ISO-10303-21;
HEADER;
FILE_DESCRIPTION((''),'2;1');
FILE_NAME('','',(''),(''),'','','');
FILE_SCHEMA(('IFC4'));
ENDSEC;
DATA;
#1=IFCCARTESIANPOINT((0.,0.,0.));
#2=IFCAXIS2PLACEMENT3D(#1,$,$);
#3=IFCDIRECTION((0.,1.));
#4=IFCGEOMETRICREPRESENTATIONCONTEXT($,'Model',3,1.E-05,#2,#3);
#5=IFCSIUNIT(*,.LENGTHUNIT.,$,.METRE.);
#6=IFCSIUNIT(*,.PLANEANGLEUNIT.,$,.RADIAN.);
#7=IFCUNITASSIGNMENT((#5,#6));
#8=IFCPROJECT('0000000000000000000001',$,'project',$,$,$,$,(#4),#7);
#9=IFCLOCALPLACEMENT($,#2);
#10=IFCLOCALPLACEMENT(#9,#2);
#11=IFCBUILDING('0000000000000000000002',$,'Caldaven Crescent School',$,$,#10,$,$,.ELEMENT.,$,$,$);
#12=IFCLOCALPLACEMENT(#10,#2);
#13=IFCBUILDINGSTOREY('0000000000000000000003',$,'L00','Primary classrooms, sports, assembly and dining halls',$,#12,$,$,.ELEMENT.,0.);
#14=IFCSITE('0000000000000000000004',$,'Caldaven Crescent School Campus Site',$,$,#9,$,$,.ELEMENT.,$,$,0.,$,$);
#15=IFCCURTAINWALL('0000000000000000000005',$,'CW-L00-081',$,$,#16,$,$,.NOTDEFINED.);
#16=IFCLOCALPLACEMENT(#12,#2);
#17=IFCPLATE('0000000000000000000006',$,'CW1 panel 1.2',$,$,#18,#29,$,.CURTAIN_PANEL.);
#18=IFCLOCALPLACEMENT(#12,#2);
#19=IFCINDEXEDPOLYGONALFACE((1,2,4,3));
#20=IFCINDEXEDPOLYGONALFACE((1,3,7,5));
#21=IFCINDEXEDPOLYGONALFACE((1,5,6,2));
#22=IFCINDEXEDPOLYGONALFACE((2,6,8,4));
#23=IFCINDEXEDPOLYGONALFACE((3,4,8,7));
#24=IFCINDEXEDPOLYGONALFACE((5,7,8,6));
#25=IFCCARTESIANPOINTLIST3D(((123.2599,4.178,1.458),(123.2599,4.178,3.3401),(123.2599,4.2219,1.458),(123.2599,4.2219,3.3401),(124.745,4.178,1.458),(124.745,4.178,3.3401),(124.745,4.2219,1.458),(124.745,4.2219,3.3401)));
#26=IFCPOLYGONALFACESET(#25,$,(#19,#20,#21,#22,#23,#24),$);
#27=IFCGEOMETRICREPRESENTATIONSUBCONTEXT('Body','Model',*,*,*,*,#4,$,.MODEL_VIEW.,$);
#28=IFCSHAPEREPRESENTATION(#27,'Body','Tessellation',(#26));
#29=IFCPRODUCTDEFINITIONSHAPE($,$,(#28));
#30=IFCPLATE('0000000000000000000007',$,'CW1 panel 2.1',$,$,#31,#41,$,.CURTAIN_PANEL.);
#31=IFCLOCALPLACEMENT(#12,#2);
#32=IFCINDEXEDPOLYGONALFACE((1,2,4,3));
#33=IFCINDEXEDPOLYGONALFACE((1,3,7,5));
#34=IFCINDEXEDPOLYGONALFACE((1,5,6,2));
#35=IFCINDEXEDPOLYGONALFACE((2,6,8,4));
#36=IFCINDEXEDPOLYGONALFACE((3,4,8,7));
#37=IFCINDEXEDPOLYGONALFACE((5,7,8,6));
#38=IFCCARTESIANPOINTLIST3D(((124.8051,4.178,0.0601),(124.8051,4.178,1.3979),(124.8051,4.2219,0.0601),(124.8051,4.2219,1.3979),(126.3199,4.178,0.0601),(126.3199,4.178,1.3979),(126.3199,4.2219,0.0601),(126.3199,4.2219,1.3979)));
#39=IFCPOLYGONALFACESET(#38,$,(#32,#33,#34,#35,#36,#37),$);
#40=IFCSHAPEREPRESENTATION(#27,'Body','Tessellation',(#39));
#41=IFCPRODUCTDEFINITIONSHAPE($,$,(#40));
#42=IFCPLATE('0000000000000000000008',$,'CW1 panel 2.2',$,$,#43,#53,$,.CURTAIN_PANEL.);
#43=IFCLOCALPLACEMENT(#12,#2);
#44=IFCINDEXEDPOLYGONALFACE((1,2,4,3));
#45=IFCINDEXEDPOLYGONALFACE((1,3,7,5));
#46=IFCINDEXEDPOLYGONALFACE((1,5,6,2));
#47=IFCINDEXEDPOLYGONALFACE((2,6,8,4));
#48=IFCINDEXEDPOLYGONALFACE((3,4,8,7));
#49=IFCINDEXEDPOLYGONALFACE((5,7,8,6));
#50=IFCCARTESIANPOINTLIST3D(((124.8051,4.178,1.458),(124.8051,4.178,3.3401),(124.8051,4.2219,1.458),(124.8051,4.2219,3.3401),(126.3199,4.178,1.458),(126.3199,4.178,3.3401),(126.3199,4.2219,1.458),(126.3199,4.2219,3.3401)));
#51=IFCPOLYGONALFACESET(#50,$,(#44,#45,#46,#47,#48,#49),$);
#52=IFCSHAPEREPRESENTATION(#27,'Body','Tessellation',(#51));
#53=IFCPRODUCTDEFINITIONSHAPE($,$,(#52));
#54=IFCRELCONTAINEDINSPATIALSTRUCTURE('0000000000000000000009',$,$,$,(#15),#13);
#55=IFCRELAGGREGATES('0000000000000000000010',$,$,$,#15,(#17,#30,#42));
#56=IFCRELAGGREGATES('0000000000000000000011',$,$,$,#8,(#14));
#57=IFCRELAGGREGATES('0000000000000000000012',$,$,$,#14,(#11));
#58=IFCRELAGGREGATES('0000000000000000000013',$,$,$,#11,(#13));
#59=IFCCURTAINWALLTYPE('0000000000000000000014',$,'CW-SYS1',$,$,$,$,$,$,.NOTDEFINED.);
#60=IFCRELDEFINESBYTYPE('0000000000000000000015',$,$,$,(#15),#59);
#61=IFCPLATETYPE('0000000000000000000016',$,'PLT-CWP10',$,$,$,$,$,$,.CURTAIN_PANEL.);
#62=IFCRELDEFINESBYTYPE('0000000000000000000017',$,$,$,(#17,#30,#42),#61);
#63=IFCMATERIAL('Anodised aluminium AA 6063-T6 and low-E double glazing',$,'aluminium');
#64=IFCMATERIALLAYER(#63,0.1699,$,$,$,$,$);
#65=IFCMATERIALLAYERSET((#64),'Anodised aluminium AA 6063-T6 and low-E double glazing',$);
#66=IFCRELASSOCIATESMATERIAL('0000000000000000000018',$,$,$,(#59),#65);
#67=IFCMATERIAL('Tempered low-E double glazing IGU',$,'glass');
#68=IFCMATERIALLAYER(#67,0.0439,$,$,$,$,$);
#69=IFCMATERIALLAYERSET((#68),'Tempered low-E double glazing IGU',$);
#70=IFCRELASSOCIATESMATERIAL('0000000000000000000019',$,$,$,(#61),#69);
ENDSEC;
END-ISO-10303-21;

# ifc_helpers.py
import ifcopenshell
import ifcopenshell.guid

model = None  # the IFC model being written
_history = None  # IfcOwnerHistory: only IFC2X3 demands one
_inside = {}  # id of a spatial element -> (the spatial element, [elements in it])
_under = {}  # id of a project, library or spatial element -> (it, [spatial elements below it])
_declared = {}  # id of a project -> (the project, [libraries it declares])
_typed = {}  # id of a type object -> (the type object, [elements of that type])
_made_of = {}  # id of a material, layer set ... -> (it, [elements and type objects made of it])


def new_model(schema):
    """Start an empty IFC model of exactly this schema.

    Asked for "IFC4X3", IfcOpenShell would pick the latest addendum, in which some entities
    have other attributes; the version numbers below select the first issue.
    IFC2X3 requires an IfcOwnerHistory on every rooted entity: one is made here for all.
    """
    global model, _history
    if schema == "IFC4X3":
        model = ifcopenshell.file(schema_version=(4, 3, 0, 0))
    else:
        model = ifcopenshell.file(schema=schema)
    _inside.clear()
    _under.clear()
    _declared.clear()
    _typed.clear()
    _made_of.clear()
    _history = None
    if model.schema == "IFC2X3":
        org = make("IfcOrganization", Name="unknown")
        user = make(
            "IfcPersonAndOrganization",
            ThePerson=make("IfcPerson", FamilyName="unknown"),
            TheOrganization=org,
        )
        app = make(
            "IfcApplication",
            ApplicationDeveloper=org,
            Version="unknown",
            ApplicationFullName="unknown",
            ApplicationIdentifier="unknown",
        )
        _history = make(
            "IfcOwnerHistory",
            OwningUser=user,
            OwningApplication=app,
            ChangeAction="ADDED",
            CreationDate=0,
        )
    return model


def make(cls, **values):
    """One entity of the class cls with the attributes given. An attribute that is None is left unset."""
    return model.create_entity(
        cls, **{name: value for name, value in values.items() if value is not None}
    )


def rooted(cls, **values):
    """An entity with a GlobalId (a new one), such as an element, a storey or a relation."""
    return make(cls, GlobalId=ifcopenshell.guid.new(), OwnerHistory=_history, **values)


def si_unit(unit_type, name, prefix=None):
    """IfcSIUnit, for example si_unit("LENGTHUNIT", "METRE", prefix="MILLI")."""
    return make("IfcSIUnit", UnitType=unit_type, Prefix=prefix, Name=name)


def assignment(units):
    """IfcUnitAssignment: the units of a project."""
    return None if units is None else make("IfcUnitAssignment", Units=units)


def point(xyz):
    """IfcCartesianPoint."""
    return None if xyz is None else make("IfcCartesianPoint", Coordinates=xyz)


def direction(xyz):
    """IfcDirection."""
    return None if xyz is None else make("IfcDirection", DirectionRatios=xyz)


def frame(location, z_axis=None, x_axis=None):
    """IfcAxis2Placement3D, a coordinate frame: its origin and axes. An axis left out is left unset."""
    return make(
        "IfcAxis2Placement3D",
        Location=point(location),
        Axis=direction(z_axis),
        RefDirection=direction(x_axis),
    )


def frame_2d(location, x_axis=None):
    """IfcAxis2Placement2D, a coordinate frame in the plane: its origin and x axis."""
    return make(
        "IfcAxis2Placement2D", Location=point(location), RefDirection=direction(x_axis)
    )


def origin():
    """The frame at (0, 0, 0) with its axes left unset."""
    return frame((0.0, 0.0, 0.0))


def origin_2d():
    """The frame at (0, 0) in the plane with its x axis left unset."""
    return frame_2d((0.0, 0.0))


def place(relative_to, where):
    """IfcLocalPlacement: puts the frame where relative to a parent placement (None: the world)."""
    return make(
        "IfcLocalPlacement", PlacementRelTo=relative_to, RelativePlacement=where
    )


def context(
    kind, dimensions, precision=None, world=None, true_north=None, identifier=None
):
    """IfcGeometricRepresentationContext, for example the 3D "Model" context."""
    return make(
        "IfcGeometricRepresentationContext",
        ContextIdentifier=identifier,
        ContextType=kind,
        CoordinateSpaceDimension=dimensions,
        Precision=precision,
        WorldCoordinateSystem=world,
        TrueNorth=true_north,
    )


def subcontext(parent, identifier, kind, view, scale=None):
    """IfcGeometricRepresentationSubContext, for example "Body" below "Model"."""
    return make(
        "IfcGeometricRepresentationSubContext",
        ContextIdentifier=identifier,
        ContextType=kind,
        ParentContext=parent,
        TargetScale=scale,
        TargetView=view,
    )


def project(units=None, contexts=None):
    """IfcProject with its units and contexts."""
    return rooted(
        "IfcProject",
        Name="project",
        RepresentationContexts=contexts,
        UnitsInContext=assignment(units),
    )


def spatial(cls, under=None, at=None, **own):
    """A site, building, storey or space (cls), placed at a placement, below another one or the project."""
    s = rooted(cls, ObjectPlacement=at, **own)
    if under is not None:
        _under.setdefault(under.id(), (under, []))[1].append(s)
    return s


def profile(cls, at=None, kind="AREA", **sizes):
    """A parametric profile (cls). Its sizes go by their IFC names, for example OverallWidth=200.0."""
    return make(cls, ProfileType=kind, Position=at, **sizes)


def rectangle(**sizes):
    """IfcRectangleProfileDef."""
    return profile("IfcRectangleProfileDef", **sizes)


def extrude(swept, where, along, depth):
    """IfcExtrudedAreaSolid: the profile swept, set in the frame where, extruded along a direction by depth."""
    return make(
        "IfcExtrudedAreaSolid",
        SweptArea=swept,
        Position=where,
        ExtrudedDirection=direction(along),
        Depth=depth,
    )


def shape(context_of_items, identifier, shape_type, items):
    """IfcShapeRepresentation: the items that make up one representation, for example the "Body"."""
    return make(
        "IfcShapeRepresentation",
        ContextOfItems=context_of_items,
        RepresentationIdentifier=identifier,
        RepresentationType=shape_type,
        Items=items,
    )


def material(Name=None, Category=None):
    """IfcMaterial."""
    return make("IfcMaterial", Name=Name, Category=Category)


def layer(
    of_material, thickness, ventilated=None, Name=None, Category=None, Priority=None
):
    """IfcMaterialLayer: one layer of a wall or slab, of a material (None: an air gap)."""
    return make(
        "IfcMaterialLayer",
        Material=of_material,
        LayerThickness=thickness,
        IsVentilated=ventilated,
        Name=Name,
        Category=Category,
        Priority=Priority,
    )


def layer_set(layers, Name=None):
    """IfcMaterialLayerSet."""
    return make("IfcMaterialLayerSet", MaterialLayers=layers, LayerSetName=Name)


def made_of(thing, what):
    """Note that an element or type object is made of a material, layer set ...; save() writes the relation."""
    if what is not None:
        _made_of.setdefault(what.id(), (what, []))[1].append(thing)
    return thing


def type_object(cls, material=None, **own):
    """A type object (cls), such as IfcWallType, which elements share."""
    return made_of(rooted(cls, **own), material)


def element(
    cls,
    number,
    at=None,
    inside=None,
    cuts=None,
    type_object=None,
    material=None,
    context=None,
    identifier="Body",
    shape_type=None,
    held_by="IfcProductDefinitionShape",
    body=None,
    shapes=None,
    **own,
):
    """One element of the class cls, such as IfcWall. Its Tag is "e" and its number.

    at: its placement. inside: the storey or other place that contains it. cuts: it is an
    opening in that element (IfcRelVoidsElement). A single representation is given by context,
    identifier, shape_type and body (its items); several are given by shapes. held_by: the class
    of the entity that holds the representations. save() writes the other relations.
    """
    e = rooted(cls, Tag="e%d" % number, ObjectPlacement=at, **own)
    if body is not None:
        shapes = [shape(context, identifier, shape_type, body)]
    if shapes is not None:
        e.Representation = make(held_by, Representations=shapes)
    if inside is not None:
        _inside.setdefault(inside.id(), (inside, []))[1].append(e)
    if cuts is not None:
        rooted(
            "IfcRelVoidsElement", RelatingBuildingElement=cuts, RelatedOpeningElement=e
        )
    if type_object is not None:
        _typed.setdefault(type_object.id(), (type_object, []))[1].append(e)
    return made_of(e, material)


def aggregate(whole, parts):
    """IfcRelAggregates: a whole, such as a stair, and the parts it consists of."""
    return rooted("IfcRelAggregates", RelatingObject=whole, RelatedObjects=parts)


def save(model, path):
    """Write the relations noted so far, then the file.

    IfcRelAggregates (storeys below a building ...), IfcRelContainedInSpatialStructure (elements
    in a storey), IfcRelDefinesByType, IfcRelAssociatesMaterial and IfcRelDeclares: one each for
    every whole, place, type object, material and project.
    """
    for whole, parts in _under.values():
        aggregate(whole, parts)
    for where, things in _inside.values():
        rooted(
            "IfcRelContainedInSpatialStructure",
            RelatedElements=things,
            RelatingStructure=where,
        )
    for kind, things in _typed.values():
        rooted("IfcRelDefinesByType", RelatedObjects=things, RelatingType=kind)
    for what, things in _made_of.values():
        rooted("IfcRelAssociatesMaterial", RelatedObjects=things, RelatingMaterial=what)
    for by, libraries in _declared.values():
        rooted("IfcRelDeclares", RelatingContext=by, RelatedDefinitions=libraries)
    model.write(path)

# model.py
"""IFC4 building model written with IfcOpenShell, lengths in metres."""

from ifc_helpers import new_model, si_unit, direction, frame, origin, origin_2d, place, context, subcontext, project, spatial, rectangle, extrude, material, layer, layer_set, type_object, element, aggregate, save


model = new_model("IFC4")

# Units and contexts
model_context = context("Model", 3, precision=1e-05, world=origin(), true_north=direction((0.0, 1.0)))
body_context = subcontext(model_context, "Body", "Model", "MODEL_VIEW")
ifc_project = project(units=[si_unit("LENGTHUNIT", "METRE"), si_unit("PLANEANGLEUNIT", "RADIAN")], contexts=[model_context])

# Site, building, storey
site_placement = place(None, origin())
site = spatial("IfcSite", under=ifc_project, at=site_placement, Name="Caldaven Crescent School Campus Site", CompositionType="ELEMENT", RefElevation=0.0)
building_placement = place(site_placement, origin())
building = spatial("IfcBuilding", under=site, at=building_placement, Name="Caldaven Crescent School", CompositionType="ELEMENT")
storey_placement = place(building_placement, origin())
storey = spatial("IfcBuildingStorey", under=building, at=storey_placement, Name="L00", Description="Primary classrooms, sports, assembly and dining halls", CompositionType="ELEMENT", Elevation=0.0)

# Curtain wall, plates
ifc_material_1 = material(Name="Anodised aluminium AA 6063-T6 and low-E double glazing", Category="aluminium")
ifc_layer_1 = layer(ifc_material_1, 0.1699)
ifc_layer_set_1 = layer_set([ifc_layer_1], Name="Anodised aluminium AA 6063-T6 and low-E double glazing")
curtain_wall_type = type_object("IfcCurtainWallType", Name="CW-SYS1", PredefinedType="NOTDEFINED", material=ifc_layer_set_1)
curtain_wall_placement = place(storey_placement, origin())
curtain_wall = element("IfcCurtainWall", 1, at=curtain_wall_placement, inside=storey, type_object=curtain_wall_type, Name="CW-L00-081", PredefinedType="NOTDEFINED")
ifc_material_2 = material(Name="Tempered low-E double glazing IGU", Category="glass")
ifc_layer_2 = layer(ifc_material_2, 0.0439)
ifc_layer_set_2 = layer_set([ifc_layer_2], Name="Tempered low-E double glazing IGU")
plate_type = type_object("IfcPlateType", Name="PLT-CWP10", PredefinedType="CURTAIN_PANEL", material=ifc_layer_set_2)
plate_1_placement = place(storey_placement, frame((124.0024, 4.2, 1.458), z_axis=(0.0, 0.0, 1.0), x_axis=(1.0, 0.0, 0.0)))
plate_1 = element("IfcPlate", 2, at=plate_1_placement, type_object=plate_type, Name="CW1 panel 1.2", PredefinedType="CURTAIN_PANEL", context=body_context, shape_type="SweptSolid", body=[
    extrude(rectangle(XDim=1.4851, YDim=0.0439, at=origin_2d()), origin(), (0.0, 0.0, 1.0), 1.8821),
])
plate_2_placement = place(storey_placement, frame((125.5625, 4.2, 0.0601), z_axis=(0.0, 0.0, 1.0), x_axis=(1.0, 0.0, 0.0)))
plate_2 = element("IfcPlate", 3, at=plate_2_placement, type_object=plate_type, Name="CW1 panel 2.1", PredefinedType="CURTAIN_PANEL", context=body_context, shape_type="SweptSolid", body=[
    extrude(rectangle(XDim=1.5149, YDim=0.0439, at=origin_2d()), origin(), (0.0, 0.0, 1.0), 1.3379),
])
plate_3_placement = place(storey_placement, frame((125.5625, 4.2, 1.458), z_axis=(0.0, 0.0, 1.0), x_axis=(1.0, 0.0, 0.0)))
plate_3 = element("IfcPlate", 4, at=plate_3_placement, type_object=plate_type, Name="CW1 panel 2.2", PredefinedType="CURTAIN_PANEL", context=body_context, shape_type="SweptSolid", body=[
    extrude(rectangle(XDim=1.5149, YDim=0.0439, at=origin_2d()), origin(), (0.0, 0.0, 1.0), 1.8821),
])
aggregate(curtain_wall, [plate_1, plate_2, plate_3])

save(model, "model.ifc")
